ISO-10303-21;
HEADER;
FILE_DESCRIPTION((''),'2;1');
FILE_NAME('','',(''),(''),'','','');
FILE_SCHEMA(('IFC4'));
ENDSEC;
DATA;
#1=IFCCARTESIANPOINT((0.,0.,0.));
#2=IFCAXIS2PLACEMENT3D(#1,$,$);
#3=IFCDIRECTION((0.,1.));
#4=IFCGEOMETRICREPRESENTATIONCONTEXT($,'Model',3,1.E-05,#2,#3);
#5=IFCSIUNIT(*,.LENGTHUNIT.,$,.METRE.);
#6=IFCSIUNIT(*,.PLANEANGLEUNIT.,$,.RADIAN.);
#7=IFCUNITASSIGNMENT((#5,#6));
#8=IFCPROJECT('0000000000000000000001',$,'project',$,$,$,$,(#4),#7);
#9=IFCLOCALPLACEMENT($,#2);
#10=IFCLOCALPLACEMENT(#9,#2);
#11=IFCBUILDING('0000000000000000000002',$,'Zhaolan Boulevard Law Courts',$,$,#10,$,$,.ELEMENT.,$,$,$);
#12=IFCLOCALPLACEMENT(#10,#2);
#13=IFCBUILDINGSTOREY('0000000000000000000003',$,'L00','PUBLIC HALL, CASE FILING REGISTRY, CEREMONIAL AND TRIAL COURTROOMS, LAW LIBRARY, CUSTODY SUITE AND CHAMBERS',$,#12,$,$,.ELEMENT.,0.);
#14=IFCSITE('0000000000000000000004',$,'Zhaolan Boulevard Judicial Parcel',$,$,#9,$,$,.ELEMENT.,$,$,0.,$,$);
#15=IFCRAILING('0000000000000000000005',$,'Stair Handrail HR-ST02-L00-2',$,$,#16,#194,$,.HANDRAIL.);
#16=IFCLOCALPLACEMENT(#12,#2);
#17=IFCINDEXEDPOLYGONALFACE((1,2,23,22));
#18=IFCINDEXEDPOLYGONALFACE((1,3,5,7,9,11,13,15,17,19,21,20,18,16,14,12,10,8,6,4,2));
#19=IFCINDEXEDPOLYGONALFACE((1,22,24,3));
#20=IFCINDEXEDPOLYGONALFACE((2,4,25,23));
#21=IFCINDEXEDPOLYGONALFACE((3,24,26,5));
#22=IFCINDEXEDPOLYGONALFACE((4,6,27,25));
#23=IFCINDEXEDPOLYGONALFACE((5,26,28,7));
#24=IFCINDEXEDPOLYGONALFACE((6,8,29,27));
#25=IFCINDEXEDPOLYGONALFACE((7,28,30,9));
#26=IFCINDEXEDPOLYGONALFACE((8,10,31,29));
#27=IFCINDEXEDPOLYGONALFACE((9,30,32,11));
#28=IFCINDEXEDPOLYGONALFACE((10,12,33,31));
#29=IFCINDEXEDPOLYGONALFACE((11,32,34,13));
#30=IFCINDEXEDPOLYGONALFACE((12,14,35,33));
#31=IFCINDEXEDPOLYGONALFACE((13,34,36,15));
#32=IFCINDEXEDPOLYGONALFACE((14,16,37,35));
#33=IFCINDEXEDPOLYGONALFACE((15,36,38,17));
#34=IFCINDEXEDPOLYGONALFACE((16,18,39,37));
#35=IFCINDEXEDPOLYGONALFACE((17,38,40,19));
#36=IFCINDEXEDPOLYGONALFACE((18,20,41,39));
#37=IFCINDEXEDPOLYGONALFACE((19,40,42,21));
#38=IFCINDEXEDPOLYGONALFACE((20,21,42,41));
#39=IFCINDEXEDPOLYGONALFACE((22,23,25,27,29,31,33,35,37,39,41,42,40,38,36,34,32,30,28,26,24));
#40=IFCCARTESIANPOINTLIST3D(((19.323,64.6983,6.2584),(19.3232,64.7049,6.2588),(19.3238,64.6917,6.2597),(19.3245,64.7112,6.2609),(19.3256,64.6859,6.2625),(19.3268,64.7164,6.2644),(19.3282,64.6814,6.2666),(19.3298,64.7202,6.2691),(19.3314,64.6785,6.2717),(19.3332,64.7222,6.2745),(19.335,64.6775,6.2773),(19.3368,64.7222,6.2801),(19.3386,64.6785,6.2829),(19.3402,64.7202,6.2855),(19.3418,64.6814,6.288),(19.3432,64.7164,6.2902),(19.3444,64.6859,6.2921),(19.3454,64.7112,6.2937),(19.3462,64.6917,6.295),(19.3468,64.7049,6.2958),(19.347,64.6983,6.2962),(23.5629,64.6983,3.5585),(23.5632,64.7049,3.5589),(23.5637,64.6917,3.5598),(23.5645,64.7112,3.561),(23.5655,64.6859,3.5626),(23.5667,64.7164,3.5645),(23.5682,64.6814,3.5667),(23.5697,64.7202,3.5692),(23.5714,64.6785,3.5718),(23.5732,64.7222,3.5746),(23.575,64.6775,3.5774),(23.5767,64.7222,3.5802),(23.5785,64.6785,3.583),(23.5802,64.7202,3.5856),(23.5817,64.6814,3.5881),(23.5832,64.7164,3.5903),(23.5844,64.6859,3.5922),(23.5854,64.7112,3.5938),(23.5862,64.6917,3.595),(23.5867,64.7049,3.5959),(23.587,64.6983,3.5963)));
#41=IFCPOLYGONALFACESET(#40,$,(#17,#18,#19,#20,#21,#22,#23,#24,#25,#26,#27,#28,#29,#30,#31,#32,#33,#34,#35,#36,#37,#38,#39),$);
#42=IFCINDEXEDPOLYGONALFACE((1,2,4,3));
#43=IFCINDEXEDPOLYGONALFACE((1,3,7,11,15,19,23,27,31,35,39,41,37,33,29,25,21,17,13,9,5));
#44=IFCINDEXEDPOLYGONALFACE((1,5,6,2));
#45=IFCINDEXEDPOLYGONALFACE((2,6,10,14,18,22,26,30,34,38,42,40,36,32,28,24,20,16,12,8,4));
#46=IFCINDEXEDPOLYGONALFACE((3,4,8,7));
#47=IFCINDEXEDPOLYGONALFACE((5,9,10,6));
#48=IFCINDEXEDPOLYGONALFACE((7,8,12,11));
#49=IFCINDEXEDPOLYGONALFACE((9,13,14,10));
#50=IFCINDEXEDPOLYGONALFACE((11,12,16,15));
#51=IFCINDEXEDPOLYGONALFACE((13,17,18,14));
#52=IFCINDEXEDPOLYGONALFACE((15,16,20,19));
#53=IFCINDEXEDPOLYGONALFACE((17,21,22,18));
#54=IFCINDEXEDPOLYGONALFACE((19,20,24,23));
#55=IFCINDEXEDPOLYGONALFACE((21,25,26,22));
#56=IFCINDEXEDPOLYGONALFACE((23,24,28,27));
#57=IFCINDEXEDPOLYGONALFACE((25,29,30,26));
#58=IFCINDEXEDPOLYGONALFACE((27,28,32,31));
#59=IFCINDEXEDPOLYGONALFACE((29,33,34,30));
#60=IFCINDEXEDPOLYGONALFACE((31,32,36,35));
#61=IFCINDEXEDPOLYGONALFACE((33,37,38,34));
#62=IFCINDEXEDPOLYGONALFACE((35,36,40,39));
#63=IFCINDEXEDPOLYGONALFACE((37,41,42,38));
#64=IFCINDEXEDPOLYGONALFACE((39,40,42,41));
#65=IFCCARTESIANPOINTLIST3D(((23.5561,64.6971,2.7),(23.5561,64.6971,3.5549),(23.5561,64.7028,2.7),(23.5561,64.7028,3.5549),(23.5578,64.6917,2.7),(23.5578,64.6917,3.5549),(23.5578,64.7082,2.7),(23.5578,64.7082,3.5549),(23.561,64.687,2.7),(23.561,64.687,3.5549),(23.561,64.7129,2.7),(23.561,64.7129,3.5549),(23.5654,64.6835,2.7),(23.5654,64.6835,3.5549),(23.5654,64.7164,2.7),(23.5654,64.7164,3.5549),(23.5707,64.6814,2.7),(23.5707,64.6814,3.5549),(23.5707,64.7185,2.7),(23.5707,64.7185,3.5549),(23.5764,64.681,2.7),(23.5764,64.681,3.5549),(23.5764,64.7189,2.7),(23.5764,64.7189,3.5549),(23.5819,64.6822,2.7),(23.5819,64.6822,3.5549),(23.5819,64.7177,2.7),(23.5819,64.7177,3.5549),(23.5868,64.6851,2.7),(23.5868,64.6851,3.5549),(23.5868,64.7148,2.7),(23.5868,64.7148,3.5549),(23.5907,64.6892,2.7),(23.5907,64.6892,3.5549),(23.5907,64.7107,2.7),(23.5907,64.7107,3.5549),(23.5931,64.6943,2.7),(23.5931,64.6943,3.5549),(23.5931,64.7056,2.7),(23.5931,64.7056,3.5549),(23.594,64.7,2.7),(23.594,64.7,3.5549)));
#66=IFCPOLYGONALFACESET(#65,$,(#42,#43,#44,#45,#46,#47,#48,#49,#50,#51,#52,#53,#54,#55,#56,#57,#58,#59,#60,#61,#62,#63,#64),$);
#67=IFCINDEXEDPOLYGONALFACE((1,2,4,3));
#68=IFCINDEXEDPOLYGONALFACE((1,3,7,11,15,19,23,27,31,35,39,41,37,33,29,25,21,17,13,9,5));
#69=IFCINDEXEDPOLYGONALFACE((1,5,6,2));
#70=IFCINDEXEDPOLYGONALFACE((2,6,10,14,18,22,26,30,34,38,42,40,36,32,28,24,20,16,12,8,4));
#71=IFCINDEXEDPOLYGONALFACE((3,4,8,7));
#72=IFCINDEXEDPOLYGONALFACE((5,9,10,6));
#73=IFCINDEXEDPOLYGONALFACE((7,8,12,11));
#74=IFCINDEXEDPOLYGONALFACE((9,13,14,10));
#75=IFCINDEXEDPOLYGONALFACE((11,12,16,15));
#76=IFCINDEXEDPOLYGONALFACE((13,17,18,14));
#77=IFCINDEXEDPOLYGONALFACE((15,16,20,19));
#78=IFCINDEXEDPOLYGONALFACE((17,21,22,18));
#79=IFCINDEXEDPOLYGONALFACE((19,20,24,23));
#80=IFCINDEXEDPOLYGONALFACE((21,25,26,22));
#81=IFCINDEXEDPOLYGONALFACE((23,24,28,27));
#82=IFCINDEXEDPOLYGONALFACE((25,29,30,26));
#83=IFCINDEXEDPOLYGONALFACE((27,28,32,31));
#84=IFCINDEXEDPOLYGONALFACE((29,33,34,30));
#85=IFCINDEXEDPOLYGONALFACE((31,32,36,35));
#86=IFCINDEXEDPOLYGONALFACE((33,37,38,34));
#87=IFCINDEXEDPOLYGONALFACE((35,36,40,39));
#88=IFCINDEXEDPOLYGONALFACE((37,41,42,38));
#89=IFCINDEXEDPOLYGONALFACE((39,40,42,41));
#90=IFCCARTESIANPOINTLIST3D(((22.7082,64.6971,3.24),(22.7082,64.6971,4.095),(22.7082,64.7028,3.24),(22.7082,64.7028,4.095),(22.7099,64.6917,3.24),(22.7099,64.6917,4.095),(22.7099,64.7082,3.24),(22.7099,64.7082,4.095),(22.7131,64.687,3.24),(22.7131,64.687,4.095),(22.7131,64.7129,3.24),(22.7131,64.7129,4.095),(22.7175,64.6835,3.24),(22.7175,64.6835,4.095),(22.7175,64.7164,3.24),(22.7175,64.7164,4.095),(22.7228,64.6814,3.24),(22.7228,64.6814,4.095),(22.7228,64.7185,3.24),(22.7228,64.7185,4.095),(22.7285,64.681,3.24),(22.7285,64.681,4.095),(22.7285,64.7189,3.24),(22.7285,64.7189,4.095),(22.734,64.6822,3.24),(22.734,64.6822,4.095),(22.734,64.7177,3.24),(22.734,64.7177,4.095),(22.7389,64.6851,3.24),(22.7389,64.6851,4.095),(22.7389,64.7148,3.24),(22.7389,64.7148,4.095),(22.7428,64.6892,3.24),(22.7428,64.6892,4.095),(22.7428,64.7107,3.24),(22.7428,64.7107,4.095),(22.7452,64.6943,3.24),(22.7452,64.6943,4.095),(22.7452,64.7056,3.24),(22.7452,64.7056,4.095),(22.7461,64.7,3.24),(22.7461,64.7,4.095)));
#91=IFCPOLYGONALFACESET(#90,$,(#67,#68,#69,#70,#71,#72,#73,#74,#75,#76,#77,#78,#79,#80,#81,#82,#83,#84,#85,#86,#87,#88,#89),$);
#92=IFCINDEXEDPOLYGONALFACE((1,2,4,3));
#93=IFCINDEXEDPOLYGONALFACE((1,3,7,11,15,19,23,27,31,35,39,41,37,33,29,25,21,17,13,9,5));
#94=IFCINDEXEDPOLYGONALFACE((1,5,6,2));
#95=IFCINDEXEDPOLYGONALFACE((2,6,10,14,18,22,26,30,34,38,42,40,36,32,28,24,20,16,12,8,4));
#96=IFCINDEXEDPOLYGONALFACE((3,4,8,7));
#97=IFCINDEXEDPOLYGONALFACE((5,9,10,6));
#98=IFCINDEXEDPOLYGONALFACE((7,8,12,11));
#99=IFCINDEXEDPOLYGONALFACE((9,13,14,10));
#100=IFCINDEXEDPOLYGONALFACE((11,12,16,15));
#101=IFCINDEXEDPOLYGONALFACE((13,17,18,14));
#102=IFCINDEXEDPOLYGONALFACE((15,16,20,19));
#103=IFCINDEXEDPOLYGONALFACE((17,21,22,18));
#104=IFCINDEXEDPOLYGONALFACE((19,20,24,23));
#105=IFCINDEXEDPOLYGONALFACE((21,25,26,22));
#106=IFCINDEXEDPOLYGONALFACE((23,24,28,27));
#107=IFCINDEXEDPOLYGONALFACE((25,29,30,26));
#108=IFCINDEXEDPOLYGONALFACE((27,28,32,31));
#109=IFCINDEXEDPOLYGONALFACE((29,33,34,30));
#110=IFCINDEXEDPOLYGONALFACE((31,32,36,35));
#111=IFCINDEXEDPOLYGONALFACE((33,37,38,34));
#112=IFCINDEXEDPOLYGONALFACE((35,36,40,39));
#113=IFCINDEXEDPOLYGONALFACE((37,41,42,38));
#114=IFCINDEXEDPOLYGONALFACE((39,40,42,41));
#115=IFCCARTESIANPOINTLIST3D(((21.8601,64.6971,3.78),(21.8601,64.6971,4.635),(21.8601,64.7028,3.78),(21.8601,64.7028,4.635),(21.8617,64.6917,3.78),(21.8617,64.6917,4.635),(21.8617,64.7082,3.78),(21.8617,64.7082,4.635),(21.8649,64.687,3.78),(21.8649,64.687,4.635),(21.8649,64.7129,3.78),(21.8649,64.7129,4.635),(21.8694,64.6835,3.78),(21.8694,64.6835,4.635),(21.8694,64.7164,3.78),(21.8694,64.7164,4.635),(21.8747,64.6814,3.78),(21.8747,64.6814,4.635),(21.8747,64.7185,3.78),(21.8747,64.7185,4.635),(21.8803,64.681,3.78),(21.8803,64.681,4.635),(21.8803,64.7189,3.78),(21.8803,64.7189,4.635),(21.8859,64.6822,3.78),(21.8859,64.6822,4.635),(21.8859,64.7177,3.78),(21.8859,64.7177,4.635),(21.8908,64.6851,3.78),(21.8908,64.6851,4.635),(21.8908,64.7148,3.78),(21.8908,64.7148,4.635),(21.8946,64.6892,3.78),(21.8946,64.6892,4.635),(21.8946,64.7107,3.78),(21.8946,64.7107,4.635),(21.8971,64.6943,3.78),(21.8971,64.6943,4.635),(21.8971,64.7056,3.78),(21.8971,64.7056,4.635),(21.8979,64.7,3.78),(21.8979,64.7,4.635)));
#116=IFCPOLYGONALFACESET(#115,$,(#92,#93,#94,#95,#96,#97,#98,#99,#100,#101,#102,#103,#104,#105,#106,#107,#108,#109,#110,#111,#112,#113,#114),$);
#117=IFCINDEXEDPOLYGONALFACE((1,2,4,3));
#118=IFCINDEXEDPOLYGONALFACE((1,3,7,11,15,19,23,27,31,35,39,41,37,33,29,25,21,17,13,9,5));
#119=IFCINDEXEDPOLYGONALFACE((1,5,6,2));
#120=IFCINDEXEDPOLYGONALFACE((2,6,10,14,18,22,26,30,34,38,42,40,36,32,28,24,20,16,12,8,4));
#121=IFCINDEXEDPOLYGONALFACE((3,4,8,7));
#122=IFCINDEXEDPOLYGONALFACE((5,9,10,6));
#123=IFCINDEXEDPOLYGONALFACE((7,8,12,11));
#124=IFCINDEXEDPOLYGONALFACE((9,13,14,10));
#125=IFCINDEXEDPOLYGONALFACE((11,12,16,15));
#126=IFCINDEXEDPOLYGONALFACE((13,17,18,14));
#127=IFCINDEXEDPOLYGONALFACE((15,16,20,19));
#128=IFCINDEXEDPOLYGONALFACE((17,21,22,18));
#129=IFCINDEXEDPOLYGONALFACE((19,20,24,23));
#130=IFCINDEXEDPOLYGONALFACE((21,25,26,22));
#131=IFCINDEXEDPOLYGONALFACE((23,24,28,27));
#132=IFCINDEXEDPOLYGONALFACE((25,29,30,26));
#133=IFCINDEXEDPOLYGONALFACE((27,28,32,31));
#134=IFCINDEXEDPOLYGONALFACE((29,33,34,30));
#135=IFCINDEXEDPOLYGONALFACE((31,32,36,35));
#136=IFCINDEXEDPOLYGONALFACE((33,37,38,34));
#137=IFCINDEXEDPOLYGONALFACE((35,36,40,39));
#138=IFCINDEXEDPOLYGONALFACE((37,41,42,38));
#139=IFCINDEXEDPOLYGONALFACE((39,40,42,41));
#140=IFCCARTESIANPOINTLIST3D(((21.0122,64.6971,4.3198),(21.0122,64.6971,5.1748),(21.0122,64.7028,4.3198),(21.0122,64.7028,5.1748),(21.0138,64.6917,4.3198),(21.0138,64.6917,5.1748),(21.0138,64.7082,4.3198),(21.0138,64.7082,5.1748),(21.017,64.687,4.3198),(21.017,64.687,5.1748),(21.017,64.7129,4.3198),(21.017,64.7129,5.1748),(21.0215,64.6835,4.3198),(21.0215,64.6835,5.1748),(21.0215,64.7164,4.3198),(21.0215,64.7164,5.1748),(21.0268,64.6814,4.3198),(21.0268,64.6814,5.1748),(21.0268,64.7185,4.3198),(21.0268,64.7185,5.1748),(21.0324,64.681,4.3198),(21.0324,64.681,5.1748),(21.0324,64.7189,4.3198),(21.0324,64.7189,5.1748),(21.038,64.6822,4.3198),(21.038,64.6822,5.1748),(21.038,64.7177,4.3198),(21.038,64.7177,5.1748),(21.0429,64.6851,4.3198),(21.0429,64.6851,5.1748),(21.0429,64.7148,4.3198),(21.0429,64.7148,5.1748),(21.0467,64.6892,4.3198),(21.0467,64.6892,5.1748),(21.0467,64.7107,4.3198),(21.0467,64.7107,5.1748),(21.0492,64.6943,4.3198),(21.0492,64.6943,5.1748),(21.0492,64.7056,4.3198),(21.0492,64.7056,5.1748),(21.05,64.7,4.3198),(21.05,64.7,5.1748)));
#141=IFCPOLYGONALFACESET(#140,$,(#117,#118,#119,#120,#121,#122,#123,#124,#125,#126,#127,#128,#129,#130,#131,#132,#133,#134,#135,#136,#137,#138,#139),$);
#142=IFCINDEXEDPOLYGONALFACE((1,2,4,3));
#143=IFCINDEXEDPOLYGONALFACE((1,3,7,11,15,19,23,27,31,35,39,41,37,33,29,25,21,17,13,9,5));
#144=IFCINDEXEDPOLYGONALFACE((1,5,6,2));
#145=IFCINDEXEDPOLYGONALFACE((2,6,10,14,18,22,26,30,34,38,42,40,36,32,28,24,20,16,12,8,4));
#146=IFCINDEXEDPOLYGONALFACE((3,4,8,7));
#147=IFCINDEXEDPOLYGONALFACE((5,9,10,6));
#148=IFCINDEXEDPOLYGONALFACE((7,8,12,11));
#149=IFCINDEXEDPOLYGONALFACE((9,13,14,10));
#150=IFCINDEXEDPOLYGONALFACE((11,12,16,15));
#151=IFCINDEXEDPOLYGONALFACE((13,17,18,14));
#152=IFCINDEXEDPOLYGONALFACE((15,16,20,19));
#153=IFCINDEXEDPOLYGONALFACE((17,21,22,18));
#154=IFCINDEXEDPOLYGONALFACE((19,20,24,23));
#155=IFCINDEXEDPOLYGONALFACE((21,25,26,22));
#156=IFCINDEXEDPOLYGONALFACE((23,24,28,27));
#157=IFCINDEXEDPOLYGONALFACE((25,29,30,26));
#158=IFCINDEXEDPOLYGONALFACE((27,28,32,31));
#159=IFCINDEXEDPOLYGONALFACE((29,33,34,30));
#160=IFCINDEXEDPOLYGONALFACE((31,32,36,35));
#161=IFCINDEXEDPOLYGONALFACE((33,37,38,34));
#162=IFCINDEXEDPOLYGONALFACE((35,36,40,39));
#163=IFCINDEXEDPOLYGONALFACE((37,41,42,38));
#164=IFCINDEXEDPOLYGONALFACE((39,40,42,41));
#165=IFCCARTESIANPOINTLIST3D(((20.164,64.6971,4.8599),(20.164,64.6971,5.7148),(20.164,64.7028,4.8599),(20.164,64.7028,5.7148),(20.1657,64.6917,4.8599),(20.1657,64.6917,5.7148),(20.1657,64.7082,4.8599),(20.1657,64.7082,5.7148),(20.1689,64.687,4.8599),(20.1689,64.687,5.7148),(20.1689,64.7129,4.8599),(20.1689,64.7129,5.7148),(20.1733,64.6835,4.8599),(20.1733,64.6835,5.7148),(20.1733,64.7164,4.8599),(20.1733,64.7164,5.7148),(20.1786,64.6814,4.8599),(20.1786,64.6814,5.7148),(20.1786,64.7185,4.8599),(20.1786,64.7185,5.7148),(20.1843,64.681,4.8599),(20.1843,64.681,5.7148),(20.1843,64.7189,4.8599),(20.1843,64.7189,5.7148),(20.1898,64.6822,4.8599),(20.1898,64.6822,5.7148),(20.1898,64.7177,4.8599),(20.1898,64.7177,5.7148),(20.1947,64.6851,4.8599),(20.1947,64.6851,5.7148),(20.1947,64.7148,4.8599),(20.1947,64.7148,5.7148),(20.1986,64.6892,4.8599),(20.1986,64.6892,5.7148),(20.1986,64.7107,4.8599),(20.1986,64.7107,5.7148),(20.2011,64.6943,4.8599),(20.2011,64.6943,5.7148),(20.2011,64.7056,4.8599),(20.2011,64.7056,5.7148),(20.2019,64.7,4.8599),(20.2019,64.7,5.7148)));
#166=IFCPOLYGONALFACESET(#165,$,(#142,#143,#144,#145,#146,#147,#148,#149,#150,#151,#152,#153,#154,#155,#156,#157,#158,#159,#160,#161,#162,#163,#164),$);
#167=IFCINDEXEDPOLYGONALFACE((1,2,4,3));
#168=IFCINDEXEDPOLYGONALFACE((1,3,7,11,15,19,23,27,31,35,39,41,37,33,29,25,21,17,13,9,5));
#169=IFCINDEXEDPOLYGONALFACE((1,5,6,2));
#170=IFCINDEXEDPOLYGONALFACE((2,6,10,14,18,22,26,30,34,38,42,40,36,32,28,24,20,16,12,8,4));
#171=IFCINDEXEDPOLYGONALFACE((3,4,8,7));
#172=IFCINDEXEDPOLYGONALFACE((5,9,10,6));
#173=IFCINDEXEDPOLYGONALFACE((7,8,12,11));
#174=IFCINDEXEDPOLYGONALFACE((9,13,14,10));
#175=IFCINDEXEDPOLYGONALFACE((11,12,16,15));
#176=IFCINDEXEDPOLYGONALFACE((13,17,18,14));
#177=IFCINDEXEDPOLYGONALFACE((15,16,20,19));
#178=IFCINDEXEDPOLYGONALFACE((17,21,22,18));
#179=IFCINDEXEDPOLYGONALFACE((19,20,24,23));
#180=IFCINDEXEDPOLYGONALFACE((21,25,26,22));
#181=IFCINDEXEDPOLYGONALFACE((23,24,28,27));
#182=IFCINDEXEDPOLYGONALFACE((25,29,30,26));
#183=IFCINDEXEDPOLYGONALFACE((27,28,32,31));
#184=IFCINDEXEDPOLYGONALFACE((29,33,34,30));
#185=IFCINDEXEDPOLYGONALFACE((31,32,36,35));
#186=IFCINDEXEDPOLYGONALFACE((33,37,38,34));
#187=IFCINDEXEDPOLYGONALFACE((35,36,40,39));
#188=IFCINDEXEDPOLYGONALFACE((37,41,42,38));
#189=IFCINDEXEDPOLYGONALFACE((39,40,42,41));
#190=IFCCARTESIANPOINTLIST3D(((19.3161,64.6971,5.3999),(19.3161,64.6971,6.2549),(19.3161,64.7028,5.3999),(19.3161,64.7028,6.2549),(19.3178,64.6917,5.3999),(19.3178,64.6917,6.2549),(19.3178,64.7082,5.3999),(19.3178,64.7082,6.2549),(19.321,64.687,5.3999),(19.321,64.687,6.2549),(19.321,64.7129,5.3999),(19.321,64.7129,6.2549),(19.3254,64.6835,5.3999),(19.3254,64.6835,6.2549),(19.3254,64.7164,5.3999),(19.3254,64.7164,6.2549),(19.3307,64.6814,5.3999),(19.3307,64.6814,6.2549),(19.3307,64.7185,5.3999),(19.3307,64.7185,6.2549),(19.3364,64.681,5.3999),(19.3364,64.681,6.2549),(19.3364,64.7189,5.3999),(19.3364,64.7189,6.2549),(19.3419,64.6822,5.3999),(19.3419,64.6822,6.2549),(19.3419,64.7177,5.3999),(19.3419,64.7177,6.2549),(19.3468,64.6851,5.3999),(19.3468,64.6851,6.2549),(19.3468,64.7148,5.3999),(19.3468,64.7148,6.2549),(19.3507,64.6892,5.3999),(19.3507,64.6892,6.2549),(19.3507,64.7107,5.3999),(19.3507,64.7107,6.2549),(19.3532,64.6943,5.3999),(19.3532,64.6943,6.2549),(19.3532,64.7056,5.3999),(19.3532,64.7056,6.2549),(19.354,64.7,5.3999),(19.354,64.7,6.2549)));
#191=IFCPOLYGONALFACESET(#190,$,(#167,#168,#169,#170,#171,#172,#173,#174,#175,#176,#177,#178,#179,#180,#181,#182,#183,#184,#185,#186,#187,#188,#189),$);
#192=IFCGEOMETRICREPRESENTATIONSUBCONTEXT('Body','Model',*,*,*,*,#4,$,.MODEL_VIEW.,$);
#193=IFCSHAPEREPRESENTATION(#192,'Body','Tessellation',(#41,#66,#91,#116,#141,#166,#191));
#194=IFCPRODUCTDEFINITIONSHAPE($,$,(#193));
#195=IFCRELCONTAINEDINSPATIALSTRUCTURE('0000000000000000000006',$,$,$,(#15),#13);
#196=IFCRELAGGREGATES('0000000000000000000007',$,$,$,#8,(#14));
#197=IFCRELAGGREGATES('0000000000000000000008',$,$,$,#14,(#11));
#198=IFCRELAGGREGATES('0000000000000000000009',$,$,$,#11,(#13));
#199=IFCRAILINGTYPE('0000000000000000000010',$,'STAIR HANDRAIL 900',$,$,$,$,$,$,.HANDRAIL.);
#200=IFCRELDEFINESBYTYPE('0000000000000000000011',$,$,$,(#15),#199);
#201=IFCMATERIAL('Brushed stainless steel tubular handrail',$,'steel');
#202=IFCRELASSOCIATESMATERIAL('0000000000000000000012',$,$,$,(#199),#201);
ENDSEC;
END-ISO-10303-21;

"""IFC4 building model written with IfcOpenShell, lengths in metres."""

from ifc_helpers import new_model, si_unit, direction, frame, origin, origin_2d, place, context, subcontext, project, spatial, circle, extrude, material, type_object, element, save


model = new_model("IFC4")

# Units and contexts
model_context = context("Model", 3, precision=1e-05, world=origin(), true_north=direction((0.0, 1.0)))
body_context = subcontext(model_context, "Body", "Model", "MODEL_VIEW")
ifc_project = project(units=[si_unit("LENGTHUNIT", "METRE"), si_unit("PLANEANGLEUNIT", "RADIAN")], contexts=[model_context])

# Site, building, storey
site_placement = place(None, origin())
site = spatial("IfcSite", under=ifc_project, at=site_placement, Name="Zhaolan Boulevard Judicial Parcel", CompositionType="ELEMENT", RefElevation=0.0)
building_placement = place(site_placement, origin())
building = spatial("IfcBuilding", under=site, at=building_placement, Name="Zhaolan Boulevard Law Courts", CompositionType="ELEMENT")
storey_placement = place(building_placement, origin())
storey = spatial("IfcBuildingStorey", under=building, at=storey_placement, Name="L00", Description="PUBLIC HALL, CASE FILING REGISTRY, CEREMONIAL AND TRIAL COURTROOMS, LAW LIBRARY, CUSTODY SUITE AND CHAMBERS", CompositionType="ELEMENT", Elevation=0.0)

# Railing
ifc_material_1 = material(Name="Brushed stainless steel tubular handrail", Category="steel")
railing_type_1 = type_object("IfcRailingType", Name="STAIR HANDRAIL 900", PredefinedType="HANDRAIL", material=ifc_material_1)
railing_1_placement = place(storey_placement, frame((23.575, 64.7, 2.7)))
element("IfcRailing", 1, at=railing_1_placement, inside=storey, type_object=railing_type_1, Name="Stair Handrail HR-ST02-L00-2", PredefinedType="HANDRAIL", context=body_context, shape_type="SweptSolid", body=[
    extrude(circle(Radius=0.0225, at=origin_2d()), frame((0.0, 0.0, 0.8774), z_axis=(-0.843501, 0.0, 0.537127), x_axis=(0.0, -1.0, 0.0)), (0.0, 0.0, 1.0), 5.0266),
    extrude(circle(Radius=0.019, at=origin_2d()), origin(), (0.0, 0.0, 1.0), 0.855),
    extrude(circle(Radius=0.019, at=origin_2d()), frame((-0.8479, 0.0, 0.54)), (0.0, 0.0, 1.0), 0.855),
    extrude(circle(Radius=0.019, at=origin_2d()), frame((-1.696, 0.0, 1.0801)), (0.0, 0.0, 1.0), 0.855),
    extrude(circle(Radius=0.019, at=origin_2d()), frame((-2.5439, 0.0, 1.6199)), (0.0, 0.0, 1.0), 0.855),
    extrude(circle(Radius=0.019, at=origin_2d()), frame((-3.3921, 0.0, 2.1599)), (0.0, 0.0, 1.0), 0.855),
    extrude(circle(Radius=0.019, at=origin_2d()), frame((-4.24, 0.0, 2.7)), (0.0, 0.0, 1.0), 0.855),
])

save(model, "model.ifc")
